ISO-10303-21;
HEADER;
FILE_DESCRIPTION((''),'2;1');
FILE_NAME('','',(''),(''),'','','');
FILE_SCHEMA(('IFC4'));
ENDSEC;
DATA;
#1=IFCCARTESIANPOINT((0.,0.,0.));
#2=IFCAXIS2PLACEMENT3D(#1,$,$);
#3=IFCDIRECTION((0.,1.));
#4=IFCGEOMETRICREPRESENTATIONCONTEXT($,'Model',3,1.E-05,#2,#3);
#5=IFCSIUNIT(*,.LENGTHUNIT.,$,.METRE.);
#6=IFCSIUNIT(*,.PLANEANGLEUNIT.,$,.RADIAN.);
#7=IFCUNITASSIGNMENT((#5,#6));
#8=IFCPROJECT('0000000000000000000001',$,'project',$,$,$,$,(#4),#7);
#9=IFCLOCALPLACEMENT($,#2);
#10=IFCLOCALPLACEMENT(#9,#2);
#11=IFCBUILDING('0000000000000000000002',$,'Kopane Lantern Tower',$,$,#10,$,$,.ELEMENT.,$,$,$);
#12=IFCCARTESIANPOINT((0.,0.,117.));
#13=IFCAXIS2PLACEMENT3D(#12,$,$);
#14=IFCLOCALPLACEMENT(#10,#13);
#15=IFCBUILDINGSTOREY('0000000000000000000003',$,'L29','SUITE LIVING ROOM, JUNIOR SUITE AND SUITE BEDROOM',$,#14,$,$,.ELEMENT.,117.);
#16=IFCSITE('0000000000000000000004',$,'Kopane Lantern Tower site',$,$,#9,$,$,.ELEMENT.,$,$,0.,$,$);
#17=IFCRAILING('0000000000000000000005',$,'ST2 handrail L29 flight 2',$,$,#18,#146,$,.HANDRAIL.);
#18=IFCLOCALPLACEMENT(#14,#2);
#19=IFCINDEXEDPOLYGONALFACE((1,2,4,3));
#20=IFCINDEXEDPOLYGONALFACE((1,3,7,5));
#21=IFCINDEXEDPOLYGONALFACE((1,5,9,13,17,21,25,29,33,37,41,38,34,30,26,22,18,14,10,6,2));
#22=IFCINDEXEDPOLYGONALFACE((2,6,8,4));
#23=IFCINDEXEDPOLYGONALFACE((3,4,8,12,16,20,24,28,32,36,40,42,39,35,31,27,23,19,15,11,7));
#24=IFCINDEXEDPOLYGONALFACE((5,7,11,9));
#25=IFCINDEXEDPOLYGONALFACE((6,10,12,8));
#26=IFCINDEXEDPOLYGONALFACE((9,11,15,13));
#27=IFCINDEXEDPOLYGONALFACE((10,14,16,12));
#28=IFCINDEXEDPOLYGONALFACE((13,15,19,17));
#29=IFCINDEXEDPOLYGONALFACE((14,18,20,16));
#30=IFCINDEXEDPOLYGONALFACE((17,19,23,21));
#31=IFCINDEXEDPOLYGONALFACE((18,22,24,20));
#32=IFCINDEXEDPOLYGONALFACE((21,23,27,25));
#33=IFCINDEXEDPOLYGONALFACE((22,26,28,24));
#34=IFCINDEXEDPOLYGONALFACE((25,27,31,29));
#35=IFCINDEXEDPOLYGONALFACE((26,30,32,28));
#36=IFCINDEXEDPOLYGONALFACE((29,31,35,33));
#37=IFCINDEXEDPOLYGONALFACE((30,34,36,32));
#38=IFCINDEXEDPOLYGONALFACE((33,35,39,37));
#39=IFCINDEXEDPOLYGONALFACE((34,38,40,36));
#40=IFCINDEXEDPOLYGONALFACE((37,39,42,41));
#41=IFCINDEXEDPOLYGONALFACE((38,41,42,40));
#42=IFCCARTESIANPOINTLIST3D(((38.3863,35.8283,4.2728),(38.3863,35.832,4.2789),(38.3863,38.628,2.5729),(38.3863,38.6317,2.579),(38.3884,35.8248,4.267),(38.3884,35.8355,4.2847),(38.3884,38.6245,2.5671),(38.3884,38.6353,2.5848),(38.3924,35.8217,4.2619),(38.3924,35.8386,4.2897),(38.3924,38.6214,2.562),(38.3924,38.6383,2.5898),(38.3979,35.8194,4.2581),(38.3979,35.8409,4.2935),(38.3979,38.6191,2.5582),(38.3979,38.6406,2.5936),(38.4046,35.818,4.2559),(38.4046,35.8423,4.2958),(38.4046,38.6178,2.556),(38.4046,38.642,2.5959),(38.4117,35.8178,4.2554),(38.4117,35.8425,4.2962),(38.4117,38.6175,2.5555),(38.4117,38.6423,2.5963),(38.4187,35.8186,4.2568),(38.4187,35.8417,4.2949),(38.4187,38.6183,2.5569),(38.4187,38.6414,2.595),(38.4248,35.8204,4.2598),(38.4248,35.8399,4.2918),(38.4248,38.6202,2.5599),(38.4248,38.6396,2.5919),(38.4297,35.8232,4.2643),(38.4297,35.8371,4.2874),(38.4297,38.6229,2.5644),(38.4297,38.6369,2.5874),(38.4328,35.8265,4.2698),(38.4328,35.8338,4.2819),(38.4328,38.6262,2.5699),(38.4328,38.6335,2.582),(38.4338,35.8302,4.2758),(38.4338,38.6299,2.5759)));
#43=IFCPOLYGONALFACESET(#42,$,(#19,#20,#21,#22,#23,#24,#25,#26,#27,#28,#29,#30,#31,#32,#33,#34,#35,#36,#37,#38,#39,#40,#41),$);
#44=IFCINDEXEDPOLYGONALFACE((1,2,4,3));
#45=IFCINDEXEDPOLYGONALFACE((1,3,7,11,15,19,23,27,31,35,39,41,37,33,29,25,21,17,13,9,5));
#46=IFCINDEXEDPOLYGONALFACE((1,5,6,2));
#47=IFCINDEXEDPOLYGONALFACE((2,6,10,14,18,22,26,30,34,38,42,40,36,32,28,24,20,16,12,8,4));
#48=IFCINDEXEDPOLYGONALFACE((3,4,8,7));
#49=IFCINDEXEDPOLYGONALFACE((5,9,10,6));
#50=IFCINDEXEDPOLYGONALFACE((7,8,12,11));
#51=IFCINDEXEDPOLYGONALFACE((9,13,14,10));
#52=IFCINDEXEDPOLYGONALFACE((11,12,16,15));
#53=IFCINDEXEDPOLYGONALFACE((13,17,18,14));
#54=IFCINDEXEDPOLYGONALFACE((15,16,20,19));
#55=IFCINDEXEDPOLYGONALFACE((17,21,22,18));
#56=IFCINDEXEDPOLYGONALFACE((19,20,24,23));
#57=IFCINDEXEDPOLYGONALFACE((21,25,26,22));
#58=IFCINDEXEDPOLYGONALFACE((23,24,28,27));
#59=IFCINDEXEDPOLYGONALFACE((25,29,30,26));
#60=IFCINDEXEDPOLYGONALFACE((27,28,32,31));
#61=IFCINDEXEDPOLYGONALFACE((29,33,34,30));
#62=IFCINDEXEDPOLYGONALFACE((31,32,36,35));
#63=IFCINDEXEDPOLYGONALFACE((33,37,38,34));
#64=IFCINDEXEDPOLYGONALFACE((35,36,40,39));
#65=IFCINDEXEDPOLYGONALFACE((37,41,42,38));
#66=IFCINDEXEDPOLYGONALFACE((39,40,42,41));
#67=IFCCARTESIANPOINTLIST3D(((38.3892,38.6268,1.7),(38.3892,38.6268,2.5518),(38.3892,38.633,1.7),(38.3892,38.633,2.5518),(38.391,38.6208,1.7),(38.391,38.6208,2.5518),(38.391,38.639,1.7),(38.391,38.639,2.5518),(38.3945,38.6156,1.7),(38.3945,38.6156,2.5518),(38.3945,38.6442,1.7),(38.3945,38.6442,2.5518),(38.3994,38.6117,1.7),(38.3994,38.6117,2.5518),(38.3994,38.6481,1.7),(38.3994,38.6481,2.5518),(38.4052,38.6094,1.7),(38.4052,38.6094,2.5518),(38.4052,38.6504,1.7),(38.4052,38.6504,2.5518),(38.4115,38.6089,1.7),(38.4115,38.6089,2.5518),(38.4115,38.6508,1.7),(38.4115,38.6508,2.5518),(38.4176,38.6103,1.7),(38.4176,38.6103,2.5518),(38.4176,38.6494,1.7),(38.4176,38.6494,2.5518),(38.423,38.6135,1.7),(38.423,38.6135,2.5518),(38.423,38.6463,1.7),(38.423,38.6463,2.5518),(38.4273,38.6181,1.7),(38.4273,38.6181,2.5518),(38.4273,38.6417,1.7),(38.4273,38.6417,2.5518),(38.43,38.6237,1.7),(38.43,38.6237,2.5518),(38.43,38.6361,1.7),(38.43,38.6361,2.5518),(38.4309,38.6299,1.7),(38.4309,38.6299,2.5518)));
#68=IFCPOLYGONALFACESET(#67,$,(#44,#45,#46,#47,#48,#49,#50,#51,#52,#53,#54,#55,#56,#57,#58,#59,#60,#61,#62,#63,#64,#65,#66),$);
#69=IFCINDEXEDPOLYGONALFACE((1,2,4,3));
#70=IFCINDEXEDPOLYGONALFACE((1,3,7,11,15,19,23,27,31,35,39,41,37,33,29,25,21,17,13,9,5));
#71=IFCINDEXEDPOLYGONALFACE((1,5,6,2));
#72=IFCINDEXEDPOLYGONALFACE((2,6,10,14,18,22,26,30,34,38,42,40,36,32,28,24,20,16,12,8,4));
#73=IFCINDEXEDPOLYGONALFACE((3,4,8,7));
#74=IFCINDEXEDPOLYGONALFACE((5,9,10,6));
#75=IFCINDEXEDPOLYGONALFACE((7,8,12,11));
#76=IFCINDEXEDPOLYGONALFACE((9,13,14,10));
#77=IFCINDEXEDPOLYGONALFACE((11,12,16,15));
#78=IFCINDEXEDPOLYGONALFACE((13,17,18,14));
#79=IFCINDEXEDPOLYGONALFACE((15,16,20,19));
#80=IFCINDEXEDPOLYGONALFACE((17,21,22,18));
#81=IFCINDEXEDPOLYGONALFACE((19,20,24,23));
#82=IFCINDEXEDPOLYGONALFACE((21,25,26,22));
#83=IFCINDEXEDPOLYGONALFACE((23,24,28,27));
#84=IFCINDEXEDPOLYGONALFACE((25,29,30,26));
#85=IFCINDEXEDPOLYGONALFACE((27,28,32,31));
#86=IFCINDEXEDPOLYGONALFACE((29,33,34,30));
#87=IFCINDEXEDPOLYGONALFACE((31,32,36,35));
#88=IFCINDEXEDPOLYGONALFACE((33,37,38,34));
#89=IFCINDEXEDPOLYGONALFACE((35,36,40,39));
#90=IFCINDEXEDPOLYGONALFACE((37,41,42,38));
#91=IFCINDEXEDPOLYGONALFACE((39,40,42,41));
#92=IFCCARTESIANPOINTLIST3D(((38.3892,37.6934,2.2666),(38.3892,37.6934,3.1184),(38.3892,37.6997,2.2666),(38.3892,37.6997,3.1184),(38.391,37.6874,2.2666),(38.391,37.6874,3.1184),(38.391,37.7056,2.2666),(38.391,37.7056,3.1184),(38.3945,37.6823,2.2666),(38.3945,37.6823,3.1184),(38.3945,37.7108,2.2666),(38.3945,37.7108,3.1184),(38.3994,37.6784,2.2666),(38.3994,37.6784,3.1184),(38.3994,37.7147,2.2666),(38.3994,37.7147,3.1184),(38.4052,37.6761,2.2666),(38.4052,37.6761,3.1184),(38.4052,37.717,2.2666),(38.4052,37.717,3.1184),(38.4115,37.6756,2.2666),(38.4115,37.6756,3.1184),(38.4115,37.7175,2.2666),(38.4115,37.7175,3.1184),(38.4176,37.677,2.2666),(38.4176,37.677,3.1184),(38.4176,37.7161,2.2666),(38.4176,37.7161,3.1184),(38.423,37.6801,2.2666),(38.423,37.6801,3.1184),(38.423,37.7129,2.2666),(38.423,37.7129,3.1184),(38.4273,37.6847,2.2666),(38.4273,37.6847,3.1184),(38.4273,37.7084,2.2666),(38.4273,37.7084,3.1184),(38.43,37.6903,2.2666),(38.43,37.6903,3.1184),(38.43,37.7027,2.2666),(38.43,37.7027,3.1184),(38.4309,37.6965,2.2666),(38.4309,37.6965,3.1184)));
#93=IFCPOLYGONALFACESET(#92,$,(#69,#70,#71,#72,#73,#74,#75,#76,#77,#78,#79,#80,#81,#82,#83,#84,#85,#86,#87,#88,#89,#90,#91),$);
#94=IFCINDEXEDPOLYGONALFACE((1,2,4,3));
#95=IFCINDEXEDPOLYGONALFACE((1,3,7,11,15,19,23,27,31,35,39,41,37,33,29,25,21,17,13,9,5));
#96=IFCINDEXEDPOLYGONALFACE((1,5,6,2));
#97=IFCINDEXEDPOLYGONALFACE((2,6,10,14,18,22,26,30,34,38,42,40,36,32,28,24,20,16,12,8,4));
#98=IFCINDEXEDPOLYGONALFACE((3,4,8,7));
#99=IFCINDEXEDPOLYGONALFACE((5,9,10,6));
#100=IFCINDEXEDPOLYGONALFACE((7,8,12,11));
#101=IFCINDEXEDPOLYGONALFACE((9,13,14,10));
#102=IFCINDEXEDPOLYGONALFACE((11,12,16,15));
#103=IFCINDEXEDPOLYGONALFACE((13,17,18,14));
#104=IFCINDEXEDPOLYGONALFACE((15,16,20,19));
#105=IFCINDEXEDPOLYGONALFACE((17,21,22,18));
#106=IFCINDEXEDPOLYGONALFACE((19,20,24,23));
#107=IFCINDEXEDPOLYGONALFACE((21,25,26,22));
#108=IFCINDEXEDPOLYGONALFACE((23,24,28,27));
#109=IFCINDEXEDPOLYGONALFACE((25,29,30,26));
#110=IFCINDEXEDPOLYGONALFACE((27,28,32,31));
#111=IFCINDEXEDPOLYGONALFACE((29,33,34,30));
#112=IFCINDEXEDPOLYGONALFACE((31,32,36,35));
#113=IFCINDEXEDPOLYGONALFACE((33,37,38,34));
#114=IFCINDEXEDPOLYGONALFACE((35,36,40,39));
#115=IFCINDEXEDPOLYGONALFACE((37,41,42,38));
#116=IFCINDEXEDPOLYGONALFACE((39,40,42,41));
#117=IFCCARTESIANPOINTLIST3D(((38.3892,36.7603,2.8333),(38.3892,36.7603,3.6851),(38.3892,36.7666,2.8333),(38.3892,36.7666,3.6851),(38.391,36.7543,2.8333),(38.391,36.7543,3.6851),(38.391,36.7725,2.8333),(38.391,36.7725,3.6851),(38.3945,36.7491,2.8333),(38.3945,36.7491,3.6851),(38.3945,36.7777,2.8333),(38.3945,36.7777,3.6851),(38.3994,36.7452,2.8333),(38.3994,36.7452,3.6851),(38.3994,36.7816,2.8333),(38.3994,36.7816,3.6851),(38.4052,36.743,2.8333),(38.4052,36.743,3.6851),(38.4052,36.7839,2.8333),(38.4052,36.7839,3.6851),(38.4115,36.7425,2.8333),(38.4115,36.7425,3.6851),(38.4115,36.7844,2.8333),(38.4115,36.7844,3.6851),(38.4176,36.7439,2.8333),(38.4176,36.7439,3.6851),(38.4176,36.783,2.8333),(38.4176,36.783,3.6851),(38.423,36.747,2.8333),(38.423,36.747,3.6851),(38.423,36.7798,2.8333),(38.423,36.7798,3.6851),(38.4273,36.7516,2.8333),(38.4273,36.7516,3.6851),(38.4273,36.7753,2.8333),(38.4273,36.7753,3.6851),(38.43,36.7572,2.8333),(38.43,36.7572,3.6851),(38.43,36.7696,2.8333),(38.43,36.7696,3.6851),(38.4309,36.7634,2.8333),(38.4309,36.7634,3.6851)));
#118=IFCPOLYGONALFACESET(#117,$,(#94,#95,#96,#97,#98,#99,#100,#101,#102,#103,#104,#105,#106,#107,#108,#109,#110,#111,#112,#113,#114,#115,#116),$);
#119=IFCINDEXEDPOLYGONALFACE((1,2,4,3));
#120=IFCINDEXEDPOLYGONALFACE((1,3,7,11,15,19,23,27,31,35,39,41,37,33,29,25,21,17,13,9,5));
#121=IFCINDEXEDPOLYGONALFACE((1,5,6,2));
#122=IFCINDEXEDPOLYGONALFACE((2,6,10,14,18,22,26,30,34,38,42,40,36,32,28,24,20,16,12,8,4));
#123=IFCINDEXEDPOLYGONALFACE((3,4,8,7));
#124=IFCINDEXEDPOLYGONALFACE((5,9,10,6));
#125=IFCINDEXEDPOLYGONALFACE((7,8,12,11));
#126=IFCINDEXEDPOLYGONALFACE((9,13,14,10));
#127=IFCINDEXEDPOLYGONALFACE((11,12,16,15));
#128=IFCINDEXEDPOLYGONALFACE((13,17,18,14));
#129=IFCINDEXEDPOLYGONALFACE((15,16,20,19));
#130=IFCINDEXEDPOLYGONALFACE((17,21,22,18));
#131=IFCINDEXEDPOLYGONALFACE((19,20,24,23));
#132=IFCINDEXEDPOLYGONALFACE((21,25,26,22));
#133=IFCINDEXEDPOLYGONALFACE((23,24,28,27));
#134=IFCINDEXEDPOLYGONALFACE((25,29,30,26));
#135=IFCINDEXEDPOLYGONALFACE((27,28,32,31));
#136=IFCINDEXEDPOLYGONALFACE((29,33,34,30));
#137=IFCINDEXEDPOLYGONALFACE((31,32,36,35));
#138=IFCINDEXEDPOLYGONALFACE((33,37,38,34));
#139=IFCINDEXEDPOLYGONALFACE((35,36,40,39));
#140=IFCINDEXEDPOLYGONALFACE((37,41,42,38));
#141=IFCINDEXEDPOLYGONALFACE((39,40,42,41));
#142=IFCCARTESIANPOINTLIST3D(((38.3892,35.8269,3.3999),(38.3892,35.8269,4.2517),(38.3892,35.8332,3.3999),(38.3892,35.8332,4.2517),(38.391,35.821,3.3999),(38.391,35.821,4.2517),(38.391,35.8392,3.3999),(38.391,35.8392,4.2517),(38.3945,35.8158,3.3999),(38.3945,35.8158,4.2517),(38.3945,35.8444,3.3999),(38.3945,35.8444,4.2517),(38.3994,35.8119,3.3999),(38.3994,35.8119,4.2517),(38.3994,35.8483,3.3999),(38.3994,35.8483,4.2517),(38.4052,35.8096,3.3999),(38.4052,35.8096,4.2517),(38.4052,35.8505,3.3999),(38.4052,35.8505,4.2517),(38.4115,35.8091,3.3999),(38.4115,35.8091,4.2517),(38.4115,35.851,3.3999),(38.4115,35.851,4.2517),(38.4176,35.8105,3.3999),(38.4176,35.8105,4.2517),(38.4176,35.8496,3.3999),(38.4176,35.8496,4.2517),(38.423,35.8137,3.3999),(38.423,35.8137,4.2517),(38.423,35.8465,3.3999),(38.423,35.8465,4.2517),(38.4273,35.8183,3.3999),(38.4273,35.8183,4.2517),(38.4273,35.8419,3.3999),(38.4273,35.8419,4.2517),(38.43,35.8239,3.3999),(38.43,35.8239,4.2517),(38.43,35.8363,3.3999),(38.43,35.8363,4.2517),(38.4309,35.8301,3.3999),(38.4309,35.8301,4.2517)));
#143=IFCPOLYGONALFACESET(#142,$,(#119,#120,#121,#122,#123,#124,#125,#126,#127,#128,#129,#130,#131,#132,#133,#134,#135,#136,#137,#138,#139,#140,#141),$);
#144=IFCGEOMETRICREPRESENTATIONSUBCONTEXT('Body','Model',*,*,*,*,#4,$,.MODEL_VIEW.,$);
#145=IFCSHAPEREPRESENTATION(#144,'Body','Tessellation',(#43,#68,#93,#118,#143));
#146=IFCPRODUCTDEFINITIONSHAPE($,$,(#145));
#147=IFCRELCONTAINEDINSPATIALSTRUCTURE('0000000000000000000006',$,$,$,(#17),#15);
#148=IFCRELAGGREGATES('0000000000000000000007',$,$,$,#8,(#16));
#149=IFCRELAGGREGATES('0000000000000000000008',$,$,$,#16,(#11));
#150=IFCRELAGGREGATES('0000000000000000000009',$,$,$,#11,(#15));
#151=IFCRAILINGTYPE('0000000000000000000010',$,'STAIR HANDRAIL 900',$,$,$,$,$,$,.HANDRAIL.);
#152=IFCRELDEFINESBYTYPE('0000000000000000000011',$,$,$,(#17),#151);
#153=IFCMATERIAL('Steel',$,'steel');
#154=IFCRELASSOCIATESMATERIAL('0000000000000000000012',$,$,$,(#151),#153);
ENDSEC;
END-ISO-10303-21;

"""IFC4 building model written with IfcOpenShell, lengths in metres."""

from ifc_helpers import new_model, si_unit, direction, frame, origin, origin_2d, place, context, subcontext, project, spatial, circle, extrude, material, type_object, element, save


model = new_model("IFC4")

# Units and contexts
model_context = context("Model", 3, precision=1e-05, world=origin(), true_north=direction((0.0, 1.0)))
body_context = subcontext(model_context, "Body", "Model", "MODEL_VIEW")
ifc_project = project(units=[si_unit("LENGTHUNIT", "METRE"), si_unit("PLANEANGLEUNIT", "RADIAN")], contexts=[model_context])

# Site, building, storey
site_placement = place(None, origin())
site = spatial("IfcSite", under=ifc_project, at=site_placement, Name="Kopane Lantern Tower site", CompositionType="ELEMENT", RefElevation=0.0)
building_placement = place(site_placement, origin())
building = spatial("IfcBuilding", under=site, at=building_placement, Name="Kopane Lantern Tower", CompositionType="ELEMENT")
storey_placement = place(building_placement, frame((0.0, 0.0, 117.0)))
storey = spatial("IfcBuildingStorey", under=building, at=storey_placement, Name="L29", Description="SUITE LIVING ROOM, JUNIOR SUITE AND SUITE BEDROOM", CompositionType="ELEMENT", Elevation=117.0)

# Railing
ifc_material_1 = material(Name="Steel", Category="steel")
railing_type_1 = type_object("IfcRailingType", Name="STAIR HANDRAIL 900", PredefinedType="HANDRAIL", material=ifc_material_1)
for number, where, name in (
    (1, (38.4099, 38.6299, 1.7), "ST2 handrail L29 flight 2"),
):
    element("IfcRailing", number, at=place(storey_placement, frame(where)), inside=storey, type_object=railing_type_1, Name=name, PredefinedType="HANDRAIL", context=body_context, shape_type="SweptSolid", body=[
        extrude(circle(Radius=0.0239, at=origin_2d()), frame((0.0, 0.0, 0.876), z_axis=(0.0, -0.854778, 0.518994), x_axis=(1.0, 0.0, 0.0)), (0.0, 0.0, 1.0), 3.2754),
        extrude(circle(Radius=0.021, at=origin_2d()), origin(), (0.0, 0.0, 1.0), 0.8518),
        extrude(circle(Radius=0.021, at=origin_2d()), frame((0.0, -0.9333, 0.5667)), (0.0, 0.0, 1.0), 0.8518),
        extrude(circle(Radius=0.021, at=origin_2d()), frame((0.0, -1.8665, 1.1333)), (0.0, 0.0, 1.0), 0.8518),
        extrude(circle(Radius=0.021, at=origin_2d()), frame((0.0, -2.7998, 1.7)), (0.0, 0.0, 1.0), 0.8518),
    ])

save(model, "model.ifc")
